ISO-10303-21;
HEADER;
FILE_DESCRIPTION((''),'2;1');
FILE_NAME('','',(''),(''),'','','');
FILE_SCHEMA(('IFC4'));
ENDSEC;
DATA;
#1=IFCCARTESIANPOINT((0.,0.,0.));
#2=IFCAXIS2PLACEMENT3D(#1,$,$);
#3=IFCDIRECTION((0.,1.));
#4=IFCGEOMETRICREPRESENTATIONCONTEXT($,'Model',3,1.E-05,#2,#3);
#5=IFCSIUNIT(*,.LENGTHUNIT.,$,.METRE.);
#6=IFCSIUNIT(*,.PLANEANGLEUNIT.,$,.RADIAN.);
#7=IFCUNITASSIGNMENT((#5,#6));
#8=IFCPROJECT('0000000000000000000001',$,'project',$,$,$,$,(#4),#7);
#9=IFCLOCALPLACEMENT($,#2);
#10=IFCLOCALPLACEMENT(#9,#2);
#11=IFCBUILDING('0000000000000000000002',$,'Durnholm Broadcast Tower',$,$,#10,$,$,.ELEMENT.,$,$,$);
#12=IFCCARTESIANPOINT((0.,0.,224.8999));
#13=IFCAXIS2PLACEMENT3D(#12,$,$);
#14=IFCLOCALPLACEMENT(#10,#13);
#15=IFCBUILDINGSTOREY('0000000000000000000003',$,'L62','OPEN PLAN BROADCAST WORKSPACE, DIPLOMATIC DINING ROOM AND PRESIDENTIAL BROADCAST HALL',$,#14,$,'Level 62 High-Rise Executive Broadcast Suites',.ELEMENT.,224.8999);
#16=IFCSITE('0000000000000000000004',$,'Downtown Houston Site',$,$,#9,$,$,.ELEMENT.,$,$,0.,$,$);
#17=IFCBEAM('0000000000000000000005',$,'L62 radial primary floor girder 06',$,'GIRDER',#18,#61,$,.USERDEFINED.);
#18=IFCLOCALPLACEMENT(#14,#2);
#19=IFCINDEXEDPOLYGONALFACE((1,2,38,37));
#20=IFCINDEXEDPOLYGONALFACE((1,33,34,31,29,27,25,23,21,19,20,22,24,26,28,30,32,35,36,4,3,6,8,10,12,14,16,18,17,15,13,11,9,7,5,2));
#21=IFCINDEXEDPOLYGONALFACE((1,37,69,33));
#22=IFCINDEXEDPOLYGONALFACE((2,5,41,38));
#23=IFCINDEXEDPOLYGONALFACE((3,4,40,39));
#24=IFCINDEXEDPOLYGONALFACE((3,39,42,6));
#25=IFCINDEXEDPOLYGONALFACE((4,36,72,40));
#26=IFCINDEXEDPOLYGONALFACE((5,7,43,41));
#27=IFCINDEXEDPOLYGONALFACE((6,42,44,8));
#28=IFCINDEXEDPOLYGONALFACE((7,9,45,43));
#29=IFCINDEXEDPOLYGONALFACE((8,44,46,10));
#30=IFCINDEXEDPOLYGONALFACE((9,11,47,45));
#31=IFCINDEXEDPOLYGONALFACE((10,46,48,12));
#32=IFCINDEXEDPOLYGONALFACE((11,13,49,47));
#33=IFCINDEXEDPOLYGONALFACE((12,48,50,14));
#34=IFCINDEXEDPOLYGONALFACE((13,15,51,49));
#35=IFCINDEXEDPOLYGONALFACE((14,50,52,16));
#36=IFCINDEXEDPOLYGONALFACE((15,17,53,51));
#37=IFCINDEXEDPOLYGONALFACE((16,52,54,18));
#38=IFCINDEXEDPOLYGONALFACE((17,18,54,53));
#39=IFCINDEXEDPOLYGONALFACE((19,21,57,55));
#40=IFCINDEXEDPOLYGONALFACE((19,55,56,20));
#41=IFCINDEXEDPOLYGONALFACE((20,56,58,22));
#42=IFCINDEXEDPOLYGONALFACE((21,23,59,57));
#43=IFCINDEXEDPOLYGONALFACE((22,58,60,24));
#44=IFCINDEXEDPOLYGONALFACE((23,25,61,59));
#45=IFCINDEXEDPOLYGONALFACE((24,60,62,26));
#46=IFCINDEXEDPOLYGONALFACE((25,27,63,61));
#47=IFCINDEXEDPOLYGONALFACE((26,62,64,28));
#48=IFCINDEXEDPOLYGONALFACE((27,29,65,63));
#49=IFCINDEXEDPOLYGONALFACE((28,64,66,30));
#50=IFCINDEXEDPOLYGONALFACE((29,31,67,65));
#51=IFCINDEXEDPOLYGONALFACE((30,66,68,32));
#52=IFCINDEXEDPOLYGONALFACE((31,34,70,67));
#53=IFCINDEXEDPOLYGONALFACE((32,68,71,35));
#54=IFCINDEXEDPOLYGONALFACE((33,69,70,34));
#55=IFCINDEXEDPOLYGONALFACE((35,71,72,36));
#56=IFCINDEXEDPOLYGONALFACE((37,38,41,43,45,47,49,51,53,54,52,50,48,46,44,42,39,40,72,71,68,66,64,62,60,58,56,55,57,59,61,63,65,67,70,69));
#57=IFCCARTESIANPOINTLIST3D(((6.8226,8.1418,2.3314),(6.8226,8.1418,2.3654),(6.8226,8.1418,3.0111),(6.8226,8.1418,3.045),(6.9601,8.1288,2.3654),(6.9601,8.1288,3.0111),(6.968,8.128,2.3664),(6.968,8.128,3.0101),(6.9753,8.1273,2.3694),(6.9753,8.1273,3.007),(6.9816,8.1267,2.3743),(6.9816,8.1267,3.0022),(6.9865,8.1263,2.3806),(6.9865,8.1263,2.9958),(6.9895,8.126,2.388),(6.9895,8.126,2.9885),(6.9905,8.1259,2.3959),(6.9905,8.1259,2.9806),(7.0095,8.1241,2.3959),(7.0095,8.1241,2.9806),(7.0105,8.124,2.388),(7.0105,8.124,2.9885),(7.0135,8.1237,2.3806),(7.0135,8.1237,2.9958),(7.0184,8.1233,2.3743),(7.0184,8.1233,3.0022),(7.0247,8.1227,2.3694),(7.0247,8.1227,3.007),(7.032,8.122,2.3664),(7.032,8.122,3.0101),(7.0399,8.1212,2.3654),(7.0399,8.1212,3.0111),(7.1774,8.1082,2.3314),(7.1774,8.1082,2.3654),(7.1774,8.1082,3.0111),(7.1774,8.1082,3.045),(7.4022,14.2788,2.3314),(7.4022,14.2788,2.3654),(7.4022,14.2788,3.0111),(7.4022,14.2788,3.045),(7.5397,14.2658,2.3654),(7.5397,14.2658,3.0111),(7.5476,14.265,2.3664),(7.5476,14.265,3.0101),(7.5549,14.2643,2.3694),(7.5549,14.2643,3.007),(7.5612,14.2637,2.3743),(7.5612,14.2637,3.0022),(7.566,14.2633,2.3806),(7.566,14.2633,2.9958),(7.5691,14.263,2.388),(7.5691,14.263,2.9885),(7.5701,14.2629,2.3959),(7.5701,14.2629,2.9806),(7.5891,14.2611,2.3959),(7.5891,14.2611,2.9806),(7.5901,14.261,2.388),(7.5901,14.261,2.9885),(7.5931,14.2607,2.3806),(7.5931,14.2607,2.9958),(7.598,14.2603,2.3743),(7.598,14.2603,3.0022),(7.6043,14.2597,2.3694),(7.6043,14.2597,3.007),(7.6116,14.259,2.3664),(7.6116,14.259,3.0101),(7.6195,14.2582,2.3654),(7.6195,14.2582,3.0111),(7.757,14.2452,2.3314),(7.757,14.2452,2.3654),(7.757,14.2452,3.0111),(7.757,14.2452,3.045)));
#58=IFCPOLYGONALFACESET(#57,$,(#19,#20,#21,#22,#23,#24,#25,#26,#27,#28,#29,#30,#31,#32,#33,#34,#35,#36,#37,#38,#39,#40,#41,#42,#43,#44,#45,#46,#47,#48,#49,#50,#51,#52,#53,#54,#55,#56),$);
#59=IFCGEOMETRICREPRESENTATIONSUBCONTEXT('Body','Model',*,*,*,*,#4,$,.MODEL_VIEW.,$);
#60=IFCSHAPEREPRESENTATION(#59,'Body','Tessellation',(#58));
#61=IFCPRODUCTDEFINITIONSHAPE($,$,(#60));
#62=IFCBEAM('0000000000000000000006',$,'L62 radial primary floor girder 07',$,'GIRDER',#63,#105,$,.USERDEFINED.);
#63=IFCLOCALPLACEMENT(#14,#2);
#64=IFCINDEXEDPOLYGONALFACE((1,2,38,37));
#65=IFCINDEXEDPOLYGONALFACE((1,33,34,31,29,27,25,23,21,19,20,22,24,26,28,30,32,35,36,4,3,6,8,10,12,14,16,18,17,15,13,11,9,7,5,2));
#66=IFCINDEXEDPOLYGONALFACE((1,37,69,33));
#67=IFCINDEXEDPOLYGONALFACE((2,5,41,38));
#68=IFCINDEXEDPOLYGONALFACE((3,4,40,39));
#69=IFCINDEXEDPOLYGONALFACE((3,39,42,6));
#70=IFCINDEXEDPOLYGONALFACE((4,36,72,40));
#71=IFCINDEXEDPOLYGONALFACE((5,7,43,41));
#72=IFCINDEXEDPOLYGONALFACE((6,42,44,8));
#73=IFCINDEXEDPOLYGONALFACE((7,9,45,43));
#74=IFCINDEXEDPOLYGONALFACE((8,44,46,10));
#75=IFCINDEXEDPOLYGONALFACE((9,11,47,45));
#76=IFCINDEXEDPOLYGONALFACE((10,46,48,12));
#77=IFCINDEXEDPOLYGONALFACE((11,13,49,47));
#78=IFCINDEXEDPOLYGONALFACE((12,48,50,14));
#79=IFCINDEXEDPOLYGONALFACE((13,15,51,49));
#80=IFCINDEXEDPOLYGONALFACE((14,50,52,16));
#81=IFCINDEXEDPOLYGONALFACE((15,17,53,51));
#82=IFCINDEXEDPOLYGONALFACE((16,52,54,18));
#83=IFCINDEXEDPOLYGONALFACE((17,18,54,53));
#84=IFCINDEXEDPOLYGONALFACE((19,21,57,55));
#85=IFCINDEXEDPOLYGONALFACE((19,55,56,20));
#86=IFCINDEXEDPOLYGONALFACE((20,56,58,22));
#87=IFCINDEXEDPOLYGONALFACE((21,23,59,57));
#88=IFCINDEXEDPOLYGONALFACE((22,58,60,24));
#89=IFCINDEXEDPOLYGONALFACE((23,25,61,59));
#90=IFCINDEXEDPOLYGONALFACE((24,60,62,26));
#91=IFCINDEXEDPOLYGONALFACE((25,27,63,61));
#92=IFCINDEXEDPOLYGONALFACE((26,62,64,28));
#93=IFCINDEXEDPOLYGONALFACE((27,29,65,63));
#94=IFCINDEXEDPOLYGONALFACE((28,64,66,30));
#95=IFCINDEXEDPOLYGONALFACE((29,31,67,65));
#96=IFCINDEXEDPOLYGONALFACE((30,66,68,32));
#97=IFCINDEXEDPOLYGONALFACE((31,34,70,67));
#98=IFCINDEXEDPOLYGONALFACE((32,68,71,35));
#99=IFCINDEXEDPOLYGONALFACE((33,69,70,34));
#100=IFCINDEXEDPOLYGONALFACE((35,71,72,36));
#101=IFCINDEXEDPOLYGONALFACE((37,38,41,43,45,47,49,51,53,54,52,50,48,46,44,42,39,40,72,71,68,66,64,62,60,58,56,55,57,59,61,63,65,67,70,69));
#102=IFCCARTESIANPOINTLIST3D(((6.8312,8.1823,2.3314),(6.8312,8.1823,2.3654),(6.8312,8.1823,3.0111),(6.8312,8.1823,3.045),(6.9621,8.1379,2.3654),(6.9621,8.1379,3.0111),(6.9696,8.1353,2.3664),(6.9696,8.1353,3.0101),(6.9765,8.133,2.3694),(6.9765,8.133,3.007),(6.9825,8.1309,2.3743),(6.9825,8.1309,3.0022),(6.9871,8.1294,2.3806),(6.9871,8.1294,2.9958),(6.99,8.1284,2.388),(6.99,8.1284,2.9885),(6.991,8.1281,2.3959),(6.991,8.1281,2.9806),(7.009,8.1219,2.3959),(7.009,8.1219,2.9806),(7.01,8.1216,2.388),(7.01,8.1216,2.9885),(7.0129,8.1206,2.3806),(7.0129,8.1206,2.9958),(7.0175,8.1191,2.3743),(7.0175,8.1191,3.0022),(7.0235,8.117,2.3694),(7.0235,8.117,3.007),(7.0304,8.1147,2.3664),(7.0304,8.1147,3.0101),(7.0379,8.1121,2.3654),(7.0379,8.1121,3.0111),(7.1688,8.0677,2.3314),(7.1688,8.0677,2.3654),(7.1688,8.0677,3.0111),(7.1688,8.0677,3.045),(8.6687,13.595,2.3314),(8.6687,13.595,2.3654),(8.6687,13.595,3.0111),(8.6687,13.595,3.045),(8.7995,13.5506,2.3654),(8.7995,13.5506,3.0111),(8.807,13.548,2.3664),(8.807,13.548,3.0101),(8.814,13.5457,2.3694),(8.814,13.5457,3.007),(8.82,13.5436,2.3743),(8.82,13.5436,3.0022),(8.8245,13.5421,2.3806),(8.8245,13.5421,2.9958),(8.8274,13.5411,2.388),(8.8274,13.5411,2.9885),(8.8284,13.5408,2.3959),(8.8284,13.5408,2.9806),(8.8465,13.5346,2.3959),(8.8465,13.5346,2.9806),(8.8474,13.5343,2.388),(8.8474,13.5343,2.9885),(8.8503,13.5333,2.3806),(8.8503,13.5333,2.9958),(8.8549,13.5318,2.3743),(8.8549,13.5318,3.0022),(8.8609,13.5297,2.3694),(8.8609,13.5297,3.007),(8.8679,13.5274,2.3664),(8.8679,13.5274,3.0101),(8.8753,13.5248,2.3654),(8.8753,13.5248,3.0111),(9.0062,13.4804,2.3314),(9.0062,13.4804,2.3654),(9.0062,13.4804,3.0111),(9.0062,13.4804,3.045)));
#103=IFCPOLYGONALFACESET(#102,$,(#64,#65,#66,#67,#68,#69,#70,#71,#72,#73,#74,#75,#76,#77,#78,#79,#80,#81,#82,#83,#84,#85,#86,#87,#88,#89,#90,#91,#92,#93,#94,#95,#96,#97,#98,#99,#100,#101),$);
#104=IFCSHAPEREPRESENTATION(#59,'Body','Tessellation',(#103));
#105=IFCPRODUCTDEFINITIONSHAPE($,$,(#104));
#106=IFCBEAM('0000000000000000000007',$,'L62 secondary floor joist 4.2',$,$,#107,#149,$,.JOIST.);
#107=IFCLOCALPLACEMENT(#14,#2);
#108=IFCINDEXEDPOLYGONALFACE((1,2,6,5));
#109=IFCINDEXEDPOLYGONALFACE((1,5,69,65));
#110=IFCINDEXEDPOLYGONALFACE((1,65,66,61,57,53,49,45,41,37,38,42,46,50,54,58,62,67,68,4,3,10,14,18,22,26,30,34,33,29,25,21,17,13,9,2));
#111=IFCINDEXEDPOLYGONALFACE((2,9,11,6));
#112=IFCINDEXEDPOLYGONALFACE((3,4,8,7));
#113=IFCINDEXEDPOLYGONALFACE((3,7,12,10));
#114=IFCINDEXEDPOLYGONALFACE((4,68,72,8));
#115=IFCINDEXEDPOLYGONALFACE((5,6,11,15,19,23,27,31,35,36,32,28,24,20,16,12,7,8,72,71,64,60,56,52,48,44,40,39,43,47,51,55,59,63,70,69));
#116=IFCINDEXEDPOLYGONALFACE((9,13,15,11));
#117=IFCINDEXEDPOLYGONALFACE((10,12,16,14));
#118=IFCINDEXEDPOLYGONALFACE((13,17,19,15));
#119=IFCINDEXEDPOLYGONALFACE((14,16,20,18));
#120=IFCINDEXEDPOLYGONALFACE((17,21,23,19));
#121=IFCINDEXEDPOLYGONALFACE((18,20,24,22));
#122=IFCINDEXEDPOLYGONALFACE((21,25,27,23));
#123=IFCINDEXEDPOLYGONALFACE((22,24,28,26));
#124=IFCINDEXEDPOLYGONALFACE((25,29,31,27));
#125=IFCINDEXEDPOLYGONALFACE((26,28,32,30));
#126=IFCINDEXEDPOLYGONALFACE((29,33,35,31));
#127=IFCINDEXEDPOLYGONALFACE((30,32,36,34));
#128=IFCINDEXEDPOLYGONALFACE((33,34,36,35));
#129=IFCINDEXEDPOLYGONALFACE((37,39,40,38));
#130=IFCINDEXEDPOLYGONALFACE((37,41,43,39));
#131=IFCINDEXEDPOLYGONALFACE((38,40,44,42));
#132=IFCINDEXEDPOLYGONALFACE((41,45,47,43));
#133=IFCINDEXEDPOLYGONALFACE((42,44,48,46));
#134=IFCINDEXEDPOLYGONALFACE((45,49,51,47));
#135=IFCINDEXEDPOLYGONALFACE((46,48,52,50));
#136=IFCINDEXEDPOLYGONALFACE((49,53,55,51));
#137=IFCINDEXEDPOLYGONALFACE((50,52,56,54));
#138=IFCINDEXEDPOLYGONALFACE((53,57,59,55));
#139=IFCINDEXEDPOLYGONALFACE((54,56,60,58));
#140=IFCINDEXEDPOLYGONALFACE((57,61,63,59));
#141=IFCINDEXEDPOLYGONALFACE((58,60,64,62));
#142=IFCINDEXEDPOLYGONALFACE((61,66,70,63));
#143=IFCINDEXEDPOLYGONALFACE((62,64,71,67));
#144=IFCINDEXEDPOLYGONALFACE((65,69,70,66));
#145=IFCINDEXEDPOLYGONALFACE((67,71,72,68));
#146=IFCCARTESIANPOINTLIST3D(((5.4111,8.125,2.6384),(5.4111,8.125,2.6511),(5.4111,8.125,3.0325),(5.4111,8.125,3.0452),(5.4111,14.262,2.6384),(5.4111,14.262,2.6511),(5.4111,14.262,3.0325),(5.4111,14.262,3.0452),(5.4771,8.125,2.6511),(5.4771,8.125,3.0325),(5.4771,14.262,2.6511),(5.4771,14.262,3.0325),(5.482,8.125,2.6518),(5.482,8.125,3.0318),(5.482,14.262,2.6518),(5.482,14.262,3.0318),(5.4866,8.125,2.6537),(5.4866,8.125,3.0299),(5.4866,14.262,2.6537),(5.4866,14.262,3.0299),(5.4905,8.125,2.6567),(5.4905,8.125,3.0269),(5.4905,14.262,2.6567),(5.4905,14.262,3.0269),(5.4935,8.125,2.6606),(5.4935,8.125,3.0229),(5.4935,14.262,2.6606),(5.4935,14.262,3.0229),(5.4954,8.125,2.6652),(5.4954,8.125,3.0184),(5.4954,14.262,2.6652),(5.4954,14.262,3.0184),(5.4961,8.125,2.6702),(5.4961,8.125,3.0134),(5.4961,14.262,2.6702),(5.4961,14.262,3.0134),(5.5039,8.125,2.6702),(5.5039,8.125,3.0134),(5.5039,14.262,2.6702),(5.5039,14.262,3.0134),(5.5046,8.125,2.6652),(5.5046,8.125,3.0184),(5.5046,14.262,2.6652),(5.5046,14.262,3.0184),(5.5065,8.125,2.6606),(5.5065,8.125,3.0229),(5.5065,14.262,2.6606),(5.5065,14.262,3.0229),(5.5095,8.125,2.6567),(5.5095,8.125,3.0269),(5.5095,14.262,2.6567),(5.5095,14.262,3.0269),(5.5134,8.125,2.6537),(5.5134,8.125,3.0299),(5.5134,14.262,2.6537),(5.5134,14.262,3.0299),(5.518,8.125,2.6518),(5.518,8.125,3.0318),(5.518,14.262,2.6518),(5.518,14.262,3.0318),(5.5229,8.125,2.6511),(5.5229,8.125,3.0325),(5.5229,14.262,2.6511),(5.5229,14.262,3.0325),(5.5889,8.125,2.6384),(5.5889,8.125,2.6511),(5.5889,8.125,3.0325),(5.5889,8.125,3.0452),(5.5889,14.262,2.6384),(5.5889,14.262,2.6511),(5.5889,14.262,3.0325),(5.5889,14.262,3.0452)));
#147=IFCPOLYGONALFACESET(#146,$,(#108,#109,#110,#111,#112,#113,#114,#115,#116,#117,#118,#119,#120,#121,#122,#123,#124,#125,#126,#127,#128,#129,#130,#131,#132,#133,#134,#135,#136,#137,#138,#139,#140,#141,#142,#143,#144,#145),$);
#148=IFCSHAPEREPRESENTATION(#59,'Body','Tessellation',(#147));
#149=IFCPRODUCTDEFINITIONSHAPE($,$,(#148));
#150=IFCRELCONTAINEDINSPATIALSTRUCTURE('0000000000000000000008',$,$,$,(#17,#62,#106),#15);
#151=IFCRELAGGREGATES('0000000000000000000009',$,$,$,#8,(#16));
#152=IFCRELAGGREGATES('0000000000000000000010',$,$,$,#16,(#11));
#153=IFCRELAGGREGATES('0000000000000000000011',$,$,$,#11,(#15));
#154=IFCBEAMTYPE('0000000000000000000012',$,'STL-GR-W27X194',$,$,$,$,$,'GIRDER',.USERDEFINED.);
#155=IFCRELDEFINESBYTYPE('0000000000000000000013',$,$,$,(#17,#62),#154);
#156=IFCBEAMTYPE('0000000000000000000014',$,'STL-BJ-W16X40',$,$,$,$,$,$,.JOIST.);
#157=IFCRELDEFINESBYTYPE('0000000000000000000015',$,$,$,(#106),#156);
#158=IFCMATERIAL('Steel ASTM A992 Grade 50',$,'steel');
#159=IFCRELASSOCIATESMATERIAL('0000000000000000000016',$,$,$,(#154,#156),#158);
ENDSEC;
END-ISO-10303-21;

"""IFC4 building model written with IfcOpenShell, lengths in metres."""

from ifc_helpers import new_model, si_unit, direction, frame, origin, origin_2d, place, context, subcontext, project, spatial, i_section, extrude, source, transform, mapped, material, material_profile, profile_set, type_object, type_shapes, element, save


model = new_model("IFC4")

# Units and contexts
model_context = context("Model", 3, precision=1e-05, world=origin(), true_north=direction((0.0, 1.0)))
body_context = subcontext(model_context, "Body", "Model", "MODEL_VIEW")
ifc_project = project(units=[si_unit("LENGTHUNIT", "METRE"), si_unit("PLANEANGLEUNIT", "RADIAN")], contexts=[model_context])

# Site, building, storey
site_placement = place(None, origin())
site = spatial("IfcSite", under=ifc_project, at=site_placement, Name="Downtown Houston Site", CompositionType="ELEMENT", RefElevation=0.0)
building_placement = place(site_placement, origin())
building = spatial("IfcBuilding", under=site, at=building_placement, Name="Durnholm Broadcast Tower", CompositionType="ELEMENT")
storey_placement = place(building_placement, frame((0.0, 0.0, 224.8999)))
storey = spatial("IfcBuildingStorey", under=building, at=storey_placement, Name="L62", Description="OPEN PLAN BROADCAST WORKSPACE, DIPLOMATIC DINING ROOM AND PRESIDENTIAL BROADCAST HALL", LongName="Level 62 High-Rise Executive Broadcast Suites", CompositionType="ELEMENT", Elevation=224.8999)

# Beams
ifc_material_1 = material(Name="Steel ASTM A992 Grade 50", Category="steel")
ifc_material_profile_1 = material_profile(ifc_material_1, i_section(OverallWidth=0.3564, OverallDepth=0.7136, WebThickness=0.019, FlangeThickness=0.0339, FilletRadius=0.0305, at=origin_2d()), Name="W27X194")
ifc_profile_set_1 = profile_set([ifc_material_profile_1], Name="Steel ASTM A992 Grade 50")
beam_type_1 = type_object("IfcBeamType", Name="STL-GR-W27X194", ElementType="GIRDER", PredefinedType="USERDEFINED", material=ifc_profile_set_1)
shared_shape_1 = source(origin(), body_context, "Body", "SweptSolid", [
    extrude(i_section(OverallWidth=0.3564, OverallDepth=0.7136, WebThickness=0.019, FlangeThickness=0.0339, FilletRadius=0.0305, at=origin_2d()), origin(), (0.0, 0.0, 1.0), 6.1643),
])
beam_1_placement = place(storey_placement, frame((7.0, 8.125, 2.6882), z_axis=(0.094024, 0.99557, 0.0), x_axis=(-0.99557, 0.094024, 0.0)))
element("IfcBeam", 1, at=beam_1_placement, inside=storey, type_object=beam_type_1, Name="L62 radial primary floor girder 06", ObjectType="GIRDER", PredefinedType="USERDEFINED", context=body_context, shape_type="MappedRepresentation", body=[
    mapped(shared_shape_1, transform((0.0, 0.0, 0.0), x_axis=(1.0, 0.0, 0.0), y_axis=(0.0, 1.0, 0.0), z_axis=(0.0, 0.0, 1.0), scale=1.0)),
])
shared_shape_2 = source(origin(), body_context, "Body", "SweptSolid", [
    extrude(i_section(OverallWidth=0.3564, OverallDepth=0.7136, WebThickness=0.019, FlangeThickness=0.0339, FilletRadius=0.0305, at=origin_2d()), origin(), (0.0, 0.0, 1.0), 5.7161),
])
type_shapes(beam_type_1, [shared_shape_1, shared_shape_2])
beam_2_placement = place(storey_placement, frame((7.0, 8.125, 2.6882), z_axis=(0.321451, 0.946926, 0.0), x_axis=(-0.946926, 0.321451, 0.0)))
element("IfcBeam", 2, at=beam_2_placement, inside=storey, type_object=beam_type_1, Name="L62 radial primary floor girder 07", ObjectType="GIRDER", PredefinedType="USERDEFINED", context=body_context, shape_type="MappedRepresentation", body=[
    mapped(shared_shape_2, transform((0.0, 0.0, 0.0), x_axis=(1.0, 0.0, 0.0), y_axis=(0.0, 1.0, 0.0), z_axis=(0.0, 0.0, 1.0), scale=1.0)),
])
ifc_material_profile_2 = material_profile(ifc_material_1, i_section(OverallWidth=0.1777, OverallDepth=0.4067, WebThickness=0.0078, FlangeThickness=0.0127, FilletRadius=0.019, at=origin_2d()), Name="W16X40")
ifc_profile_set_2 = profile_set([ifc_material_profile_2], Name="Steel ASTM A992 Grade 50")
beam_type_2 = type_object("IfcBeamType", Name="STL-BJ-W16X40", PredefinedType="JOIST", material=ifc_profile_set_2)
shared_shape_3 = source(origin(), body_context, "Body", "SweptSolid", [
    extrude(i_section(OverallWidth=0.1777, OverallDepth=0.4067, WebThickness=0.0078, FlangeThickness=0.0127, FilletRadius=0.019, at=origin_2d()), origin(), (0.0, 0.0, 1.0), 6.137),
])
type_shapes(beam_type_2, [shared_shape_3])
beam_3_placement = place(storey_placement, frame((5.5, 8.125, 2.8418), z_axis=(0.0, 1.0, 0.0), x_axis=(-1.0, 0.0, 0.0)))
element("IfcBeam", 3, at=beam_3_placement, inside=storey, type_object=beam_type_2, Name="L62 secondary floor joist 4.2", PredefinedType="JOIST", context=body_context, shape_type="MappedRepresentation", body=[
    mapped(shared_shape_3, transform((0.0, 0.0, 0.0), x_axis=(1.0, 0.0, 0.0), y_axis=(0.0, 1.0, 0.0), z_axis=(0.0, 0.0, 1.0), scale=1.0)),
])

save(model, "model.ifc")
